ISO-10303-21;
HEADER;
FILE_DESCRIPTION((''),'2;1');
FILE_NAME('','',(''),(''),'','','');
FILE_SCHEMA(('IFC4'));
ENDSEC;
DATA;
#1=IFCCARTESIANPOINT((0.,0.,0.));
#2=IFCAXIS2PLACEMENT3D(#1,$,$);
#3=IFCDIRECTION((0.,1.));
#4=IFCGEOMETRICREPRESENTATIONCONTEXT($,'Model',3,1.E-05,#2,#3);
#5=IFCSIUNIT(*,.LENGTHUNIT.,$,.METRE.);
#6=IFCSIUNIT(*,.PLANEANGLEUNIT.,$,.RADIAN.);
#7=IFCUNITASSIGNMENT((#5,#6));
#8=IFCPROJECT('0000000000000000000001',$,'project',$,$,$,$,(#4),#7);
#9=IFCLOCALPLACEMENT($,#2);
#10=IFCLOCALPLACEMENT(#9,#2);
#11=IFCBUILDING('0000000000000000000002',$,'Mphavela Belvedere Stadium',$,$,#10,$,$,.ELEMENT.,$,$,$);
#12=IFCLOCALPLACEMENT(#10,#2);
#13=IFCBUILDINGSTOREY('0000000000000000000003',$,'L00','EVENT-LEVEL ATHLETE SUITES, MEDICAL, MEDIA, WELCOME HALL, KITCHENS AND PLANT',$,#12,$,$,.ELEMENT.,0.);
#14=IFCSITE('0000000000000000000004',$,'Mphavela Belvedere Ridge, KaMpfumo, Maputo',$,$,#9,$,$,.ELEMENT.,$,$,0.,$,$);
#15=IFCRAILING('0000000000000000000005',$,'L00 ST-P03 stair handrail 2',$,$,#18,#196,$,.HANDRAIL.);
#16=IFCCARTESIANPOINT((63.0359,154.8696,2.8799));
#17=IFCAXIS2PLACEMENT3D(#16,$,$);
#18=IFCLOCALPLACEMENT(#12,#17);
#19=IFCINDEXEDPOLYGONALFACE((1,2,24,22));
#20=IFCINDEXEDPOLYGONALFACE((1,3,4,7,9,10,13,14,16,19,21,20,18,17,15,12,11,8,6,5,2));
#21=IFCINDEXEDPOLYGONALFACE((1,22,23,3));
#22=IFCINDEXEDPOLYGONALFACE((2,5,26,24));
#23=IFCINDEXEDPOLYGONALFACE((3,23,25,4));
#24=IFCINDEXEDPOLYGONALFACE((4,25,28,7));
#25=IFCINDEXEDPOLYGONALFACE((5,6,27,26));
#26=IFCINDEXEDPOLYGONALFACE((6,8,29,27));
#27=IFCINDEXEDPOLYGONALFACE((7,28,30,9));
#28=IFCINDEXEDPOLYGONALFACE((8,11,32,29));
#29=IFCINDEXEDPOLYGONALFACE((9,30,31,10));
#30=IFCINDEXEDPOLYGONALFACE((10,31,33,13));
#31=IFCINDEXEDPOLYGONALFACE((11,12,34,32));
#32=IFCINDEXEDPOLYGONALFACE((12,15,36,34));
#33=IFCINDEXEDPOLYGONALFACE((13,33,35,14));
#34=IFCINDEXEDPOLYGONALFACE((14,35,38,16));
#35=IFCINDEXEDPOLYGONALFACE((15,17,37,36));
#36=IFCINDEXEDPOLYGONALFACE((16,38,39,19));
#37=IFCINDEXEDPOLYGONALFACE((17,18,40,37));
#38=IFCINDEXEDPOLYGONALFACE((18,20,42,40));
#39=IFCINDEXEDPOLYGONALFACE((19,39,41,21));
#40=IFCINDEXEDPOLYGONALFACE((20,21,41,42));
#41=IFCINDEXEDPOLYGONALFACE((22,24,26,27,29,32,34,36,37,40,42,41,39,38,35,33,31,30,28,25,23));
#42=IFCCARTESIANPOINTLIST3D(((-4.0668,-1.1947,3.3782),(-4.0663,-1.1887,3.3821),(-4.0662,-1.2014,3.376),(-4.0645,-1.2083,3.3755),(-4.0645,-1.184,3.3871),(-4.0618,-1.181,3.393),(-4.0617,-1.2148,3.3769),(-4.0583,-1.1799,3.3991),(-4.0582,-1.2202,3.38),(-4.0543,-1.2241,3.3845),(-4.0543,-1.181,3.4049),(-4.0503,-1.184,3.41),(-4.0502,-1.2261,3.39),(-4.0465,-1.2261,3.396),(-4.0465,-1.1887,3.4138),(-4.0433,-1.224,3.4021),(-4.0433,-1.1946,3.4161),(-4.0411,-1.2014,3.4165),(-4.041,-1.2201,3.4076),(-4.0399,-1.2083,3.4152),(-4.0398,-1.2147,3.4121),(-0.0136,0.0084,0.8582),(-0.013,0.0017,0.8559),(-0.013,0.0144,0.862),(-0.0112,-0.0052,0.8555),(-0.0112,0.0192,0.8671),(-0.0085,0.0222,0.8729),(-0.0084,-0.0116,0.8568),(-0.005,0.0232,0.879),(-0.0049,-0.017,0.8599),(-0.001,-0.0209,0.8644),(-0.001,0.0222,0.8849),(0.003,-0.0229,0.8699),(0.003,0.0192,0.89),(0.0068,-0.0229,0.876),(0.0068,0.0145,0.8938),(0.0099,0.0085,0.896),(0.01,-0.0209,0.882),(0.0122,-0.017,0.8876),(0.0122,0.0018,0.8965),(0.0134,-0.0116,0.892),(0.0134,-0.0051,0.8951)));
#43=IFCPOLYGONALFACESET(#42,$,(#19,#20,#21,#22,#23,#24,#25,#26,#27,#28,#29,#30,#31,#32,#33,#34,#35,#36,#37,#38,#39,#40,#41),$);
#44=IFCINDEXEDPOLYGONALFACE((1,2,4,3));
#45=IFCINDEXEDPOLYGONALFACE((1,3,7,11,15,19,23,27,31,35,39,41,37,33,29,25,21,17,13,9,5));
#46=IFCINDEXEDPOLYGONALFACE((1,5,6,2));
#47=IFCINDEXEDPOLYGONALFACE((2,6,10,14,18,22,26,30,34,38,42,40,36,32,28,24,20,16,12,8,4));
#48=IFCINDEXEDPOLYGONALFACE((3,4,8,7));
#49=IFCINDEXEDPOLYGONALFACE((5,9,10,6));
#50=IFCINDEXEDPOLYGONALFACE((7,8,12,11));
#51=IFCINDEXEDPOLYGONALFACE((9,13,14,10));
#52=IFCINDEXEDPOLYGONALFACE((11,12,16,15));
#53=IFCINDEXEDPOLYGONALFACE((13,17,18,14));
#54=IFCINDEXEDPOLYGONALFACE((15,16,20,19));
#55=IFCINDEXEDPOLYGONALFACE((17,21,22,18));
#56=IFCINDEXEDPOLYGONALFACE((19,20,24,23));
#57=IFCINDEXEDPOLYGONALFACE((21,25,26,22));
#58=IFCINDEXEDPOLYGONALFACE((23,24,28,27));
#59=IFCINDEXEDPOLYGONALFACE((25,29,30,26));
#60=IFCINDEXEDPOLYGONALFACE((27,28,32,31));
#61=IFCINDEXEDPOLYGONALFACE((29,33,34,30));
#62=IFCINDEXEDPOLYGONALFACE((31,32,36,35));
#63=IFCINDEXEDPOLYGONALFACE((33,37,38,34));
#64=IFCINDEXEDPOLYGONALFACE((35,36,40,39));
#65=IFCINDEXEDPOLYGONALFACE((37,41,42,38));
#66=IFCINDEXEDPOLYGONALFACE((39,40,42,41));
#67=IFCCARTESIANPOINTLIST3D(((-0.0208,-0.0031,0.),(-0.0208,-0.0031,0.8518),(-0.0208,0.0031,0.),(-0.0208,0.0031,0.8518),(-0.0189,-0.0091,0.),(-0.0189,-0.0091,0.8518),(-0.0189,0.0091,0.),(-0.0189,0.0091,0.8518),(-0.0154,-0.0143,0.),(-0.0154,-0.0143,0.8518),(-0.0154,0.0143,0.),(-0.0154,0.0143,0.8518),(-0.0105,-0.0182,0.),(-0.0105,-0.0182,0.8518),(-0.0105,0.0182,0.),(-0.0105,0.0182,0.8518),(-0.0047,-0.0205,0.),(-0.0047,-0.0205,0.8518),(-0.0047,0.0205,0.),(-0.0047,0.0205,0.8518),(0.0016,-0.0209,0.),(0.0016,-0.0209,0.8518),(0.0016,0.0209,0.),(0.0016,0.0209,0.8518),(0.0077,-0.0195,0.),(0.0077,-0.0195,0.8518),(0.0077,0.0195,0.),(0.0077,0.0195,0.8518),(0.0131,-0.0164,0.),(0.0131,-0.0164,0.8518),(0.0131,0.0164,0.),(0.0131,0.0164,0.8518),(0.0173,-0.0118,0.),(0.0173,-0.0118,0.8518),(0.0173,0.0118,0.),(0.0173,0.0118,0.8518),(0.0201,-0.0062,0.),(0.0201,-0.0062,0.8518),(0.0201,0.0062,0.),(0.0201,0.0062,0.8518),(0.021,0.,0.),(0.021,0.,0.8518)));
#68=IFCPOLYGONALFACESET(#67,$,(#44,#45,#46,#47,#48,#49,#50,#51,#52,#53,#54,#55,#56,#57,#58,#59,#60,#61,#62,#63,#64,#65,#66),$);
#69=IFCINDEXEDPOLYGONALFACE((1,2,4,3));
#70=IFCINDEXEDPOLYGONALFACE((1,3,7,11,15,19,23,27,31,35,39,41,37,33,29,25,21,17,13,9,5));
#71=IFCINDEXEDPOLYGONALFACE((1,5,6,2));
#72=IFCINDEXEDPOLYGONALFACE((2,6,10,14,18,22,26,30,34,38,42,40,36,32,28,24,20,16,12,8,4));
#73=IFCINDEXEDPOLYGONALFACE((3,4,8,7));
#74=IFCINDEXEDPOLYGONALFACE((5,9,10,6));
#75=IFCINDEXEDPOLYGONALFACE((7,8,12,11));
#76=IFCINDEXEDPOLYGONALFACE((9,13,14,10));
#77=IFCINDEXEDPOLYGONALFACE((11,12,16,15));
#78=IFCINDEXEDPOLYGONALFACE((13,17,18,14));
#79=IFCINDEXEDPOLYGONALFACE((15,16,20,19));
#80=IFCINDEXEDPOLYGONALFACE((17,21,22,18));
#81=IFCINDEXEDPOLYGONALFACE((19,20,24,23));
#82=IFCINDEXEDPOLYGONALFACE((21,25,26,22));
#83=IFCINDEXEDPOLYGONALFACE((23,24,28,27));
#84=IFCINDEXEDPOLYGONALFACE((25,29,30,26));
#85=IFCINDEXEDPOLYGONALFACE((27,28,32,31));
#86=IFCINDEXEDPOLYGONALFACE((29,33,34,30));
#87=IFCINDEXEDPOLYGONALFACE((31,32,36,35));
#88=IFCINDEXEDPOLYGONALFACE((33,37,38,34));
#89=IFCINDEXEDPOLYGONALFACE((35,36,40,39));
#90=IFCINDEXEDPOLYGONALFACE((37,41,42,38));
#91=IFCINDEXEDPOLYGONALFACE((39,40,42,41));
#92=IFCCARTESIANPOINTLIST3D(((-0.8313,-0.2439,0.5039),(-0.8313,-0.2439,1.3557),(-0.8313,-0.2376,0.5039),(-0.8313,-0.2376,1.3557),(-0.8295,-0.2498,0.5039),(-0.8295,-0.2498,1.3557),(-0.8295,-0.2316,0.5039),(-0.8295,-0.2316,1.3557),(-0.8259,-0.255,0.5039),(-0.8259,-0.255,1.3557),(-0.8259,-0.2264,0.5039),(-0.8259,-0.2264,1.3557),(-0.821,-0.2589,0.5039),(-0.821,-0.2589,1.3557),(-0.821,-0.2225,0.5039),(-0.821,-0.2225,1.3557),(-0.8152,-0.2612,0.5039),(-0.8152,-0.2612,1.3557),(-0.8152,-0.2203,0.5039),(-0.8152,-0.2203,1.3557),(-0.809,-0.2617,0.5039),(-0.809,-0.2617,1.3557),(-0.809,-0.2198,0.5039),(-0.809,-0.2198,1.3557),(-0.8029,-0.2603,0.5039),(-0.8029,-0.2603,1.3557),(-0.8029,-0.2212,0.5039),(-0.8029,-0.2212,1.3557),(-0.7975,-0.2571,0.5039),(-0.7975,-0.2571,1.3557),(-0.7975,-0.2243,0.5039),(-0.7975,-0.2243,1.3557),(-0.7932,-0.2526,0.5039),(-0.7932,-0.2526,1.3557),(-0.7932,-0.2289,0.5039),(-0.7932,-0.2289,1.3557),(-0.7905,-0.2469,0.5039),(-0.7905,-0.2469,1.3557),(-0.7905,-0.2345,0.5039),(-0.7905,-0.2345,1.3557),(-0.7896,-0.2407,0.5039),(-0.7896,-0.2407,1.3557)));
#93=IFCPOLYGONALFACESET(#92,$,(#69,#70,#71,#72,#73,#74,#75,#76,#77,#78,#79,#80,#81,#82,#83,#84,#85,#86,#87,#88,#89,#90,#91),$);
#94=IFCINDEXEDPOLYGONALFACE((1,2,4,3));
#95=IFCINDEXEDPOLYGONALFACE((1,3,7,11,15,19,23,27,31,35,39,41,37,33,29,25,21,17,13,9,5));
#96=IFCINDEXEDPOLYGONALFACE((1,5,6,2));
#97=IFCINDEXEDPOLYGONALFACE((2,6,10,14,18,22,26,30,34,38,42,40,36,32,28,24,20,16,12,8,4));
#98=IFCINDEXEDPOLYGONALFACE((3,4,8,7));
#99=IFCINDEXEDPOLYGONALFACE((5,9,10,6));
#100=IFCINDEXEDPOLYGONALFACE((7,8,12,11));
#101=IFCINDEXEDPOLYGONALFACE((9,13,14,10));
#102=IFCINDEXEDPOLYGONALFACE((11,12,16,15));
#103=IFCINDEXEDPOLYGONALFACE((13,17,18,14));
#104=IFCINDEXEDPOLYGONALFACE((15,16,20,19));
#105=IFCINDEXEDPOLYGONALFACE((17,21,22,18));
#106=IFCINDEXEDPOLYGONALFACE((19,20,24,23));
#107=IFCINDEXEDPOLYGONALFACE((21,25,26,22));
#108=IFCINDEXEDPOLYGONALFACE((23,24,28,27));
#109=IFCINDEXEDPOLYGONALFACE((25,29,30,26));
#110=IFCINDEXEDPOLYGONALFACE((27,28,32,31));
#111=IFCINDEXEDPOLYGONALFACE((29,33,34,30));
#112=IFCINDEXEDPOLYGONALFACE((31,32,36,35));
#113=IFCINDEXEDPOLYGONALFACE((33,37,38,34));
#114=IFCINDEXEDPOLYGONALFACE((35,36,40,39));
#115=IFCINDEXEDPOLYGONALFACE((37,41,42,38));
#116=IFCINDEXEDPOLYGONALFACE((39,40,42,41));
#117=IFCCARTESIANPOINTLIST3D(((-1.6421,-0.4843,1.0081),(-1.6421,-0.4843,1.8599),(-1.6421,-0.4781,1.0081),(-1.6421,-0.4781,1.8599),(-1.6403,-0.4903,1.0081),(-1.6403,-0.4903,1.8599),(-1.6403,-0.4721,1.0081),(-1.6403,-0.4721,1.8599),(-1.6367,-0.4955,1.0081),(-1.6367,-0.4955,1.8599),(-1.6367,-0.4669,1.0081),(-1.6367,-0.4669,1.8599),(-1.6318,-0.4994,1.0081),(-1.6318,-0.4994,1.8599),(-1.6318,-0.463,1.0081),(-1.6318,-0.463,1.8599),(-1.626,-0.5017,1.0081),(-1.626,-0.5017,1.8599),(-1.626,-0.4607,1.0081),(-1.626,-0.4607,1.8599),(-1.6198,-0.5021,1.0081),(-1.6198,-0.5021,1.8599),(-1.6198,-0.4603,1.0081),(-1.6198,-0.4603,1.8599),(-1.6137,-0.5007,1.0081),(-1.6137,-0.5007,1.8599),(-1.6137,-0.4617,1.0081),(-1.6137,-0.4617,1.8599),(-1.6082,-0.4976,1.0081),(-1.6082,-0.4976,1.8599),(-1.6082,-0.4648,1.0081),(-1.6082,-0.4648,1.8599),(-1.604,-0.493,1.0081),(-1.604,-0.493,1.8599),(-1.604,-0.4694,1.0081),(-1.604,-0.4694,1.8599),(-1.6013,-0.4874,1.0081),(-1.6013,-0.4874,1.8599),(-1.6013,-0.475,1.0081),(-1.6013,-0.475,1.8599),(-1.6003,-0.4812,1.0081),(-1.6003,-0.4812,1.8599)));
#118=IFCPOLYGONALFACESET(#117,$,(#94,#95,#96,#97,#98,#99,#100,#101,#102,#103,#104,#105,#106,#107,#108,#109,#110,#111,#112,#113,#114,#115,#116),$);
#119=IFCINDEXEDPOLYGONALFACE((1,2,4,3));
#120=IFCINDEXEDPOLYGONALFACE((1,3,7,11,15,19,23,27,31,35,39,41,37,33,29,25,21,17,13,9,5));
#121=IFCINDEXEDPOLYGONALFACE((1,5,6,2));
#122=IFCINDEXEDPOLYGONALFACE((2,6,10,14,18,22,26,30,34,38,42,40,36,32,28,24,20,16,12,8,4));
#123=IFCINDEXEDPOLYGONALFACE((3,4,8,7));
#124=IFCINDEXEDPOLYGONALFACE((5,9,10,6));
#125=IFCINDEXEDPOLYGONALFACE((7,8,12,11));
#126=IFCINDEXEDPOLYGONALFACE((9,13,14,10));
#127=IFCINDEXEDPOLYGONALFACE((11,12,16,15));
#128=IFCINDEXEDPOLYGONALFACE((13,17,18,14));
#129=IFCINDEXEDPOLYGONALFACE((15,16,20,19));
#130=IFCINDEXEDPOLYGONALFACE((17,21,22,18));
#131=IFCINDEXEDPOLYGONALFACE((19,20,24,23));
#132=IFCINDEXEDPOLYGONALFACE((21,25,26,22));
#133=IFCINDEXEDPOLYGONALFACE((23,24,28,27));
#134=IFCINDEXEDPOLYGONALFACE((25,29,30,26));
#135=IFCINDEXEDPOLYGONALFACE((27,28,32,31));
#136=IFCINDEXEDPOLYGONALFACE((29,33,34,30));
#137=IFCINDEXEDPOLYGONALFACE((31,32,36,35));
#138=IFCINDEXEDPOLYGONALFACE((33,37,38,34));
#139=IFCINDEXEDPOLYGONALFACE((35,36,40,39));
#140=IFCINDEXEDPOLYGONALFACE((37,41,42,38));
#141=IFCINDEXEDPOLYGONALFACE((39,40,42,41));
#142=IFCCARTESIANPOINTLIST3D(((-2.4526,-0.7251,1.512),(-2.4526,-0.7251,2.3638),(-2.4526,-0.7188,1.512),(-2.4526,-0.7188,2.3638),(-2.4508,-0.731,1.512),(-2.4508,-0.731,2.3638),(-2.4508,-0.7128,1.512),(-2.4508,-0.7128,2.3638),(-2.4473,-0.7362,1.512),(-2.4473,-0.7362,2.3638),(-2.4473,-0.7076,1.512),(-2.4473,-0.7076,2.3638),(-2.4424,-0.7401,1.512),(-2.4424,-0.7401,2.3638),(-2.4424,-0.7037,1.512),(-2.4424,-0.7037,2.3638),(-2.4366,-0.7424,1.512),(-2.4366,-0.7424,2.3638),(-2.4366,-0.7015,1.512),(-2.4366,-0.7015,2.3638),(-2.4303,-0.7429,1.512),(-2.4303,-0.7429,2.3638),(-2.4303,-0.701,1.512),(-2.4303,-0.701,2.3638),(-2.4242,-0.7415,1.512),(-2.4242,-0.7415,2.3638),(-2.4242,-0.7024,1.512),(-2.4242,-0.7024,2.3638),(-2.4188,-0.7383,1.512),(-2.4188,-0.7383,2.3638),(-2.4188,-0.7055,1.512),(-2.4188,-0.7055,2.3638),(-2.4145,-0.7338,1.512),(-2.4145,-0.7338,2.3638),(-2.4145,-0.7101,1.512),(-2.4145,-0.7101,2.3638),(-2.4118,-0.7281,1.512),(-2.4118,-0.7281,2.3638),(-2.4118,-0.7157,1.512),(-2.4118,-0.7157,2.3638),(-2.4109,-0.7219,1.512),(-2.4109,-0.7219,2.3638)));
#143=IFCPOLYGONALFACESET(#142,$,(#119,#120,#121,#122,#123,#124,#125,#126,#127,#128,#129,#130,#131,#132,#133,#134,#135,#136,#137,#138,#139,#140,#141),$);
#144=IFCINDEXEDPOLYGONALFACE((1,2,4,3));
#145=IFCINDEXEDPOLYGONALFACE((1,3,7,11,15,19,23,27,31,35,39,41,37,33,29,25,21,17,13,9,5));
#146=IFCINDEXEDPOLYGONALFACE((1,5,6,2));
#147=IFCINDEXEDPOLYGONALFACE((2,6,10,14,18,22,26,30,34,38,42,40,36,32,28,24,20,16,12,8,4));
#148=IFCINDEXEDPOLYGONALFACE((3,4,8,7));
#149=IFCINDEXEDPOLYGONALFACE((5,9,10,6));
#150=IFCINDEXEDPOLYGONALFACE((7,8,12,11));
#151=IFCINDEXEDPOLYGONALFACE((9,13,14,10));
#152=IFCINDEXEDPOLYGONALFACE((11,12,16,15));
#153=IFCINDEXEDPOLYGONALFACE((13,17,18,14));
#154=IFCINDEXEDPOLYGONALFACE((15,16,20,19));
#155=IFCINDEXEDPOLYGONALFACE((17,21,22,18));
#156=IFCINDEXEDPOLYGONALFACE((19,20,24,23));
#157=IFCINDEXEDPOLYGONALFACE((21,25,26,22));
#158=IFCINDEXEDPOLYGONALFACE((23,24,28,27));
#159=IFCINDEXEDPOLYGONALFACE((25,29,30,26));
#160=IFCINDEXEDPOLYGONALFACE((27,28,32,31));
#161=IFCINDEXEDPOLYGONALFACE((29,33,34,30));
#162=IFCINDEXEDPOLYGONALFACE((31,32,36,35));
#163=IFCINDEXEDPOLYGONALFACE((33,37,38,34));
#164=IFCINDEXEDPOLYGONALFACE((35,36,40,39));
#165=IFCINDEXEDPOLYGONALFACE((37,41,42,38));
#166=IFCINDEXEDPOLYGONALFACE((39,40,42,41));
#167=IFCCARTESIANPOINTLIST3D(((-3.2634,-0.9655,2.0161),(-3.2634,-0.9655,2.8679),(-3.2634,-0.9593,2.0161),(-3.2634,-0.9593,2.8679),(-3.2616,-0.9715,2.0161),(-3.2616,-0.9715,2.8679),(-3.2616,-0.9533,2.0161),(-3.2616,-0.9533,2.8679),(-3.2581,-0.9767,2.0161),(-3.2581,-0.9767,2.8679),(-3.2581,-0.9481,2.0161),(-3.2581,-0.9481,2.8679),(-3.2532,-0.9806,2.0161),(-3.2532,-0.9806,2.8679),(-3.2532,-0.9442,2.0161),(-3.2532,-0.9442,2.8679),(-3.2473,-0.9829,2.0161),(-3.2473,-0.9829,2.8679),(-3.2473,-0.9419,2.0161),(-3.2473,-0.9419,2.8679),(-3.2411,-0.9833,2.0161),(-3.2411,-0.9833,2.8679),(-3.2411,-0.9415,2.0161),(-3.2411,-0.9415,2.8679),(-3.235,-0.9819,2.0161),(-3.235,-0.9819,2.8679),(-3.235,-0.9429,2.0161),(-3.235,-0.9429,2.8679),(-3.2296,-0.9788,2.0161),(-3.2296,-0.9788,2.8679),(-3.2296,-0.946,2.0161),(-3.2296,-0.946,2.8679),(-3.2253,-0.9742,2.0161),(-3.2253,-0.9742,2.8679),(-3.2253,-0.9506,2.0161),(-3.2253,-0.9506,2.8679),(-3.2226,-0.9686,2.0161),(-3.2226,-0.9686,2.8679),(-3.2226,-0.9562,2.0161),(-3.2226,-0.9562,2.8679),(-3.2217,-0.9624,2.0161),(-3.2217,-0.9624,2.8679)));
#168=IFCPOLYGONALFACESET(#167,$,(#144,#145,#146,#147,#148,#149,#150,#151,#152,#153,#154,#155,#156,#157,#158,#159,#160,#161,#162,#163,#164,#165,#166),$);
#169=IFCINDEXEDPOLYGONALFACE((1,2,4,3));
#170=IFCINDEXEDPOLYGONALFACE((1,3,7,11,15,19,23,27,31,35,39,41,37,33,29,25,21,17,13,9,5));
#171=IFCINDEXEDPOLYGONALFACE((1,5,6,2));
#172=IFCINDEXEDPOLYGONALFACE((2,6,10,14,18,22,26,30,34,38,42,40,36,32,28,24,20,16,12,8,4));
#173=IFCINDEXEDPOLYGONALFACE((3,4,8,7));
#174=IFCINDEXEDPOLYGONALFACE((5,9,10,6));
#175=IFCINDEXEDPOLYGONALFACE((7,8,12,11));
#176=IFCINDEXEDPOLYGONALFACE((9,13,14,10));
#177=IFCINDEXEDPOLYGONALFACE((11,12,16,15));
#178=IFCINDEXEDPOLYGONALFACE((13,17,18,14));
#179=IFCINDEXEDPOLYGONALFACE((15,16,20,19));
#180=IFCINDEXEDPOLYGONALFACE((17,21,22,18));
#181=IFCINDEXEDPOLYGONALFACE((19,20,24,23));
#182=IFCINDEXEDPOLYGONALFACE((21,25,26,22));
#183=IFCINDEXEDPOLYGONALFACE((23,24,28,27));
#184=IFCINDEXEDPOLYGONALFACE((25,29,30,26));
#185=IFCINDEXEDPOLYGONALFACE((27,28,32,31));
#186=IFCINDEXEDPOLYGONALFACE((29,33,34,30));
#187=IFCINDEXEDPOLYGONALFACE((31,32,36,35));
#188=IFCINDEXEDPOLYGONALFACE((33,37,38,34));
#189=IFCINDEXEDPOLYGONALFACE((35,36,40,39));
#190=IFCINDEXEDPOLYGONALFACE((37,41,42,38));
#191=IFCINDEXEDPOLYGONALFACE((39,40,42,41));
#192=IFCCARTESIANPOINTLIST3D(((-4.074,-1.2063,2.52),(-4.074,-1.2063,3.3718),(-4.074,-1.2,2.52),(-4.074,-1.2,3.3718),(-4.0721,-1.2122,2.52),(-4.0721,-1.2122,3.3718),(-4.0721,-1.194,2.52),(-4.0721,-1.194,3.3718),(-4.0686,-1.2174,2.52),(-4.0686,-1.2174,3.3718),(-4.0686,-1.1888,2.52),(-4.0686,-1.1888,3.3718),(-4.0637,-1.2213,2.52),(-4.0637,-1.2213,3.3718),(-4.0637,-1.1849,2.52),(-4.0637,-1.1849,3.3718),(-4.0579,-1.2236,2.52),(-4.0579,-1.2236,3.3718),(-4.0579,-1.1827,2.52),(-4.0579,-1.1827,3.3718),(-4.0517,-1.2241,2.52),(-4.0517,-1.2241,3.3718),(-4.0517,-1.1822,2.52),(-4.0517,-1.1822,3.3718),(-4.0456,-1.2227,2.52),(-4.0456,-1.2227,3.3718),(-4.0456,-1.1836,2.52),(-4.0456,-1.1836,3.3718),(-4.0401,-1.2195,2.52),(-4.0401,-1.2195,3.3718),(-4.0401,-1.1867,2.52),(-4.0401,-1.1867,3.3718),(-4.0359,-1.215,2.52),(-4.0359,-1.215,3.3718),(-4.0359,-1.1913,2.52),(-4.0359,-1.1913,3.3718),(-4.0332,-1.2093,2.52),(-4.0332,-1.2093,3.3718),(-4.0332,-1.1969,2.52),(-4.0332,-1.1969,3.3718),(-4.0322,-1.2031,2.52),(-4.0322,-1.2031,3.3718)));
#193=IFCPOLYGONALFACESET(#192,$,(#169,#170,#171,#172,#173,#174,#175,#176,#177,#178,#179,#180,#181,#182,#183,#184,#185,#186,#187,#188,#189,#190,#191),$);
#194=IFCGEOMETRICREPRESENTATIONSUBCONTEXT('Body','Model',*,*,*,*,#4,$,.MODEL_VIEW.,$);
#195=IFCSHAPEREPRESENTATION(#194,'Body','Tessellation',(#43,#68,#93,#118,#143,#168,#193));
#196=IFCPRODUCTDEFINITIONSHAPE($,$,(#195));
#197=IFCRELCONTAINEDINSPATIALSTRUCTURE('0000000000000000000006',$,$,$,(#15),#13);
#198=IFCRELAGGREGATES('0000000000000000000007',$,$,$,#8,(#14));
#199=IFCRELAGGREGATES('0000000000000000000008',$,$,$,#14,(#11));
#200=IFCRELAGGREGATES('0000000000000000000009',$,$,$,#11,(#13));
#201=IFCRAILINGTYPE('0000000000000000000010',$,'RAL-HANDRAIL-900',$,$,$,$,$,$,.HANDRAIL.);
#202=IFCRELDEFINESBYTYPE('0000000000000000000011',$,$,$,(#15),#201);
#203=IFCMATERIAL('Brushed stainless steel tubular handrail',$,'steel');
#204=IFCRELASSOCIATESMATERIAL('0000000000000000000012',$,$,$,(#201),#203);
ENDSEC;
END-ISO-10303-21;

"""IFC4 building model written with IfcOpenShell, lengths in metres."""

from ifc_helpers import new_model, si_unit, direction, frame, origin, origin_2d, place, context, subcontext, project, spatial, circle, extrude, material, type_object, element, save


model = new_model("IFC4")

# Units and contexts
model_context = context("Model", 3, precision=1e-05, world=origin(), true_north=direction((0.0, 1.0)))
body_context = subcontext(model_context, "Body", "Model", "MODEL_VIEW")
ifc_project = project(units=[si_unit("LENGTHUNIT", "METRE"), si_unit("PLANEANGLEUNIT", "RADIAN")], contexts=[model_context])

# Site, building, storey
site_placement = place(None, origin())
site = spatial("IfcSite", under=ifc_project, at=site_placement, Name="Mphavela Belvedere Ridge, KaMpfumo, Maputo", CompositionType="ELEMENT", RefElevation=0.0)
building_placement = place(site_placement, origin())
building = spatial("IfcBuilding", under=site, at=building_placement, Name="Mphavela Belvedere Stadium", CompositionType="ELEMENT")
storey_placement = place(building_placement, origin())
storey = spatial("IfcBuildingStorey", under=building, at=storey_placement, Name="L00", Description="EVENT-LEVEL ATHLETE SUITES, MEDICAL, MEDIA, WELCOME HALL, KITCHENS AND PLANT", CompositionType="ELEMENT", Elevation=0.0)

# Railing
ifc_material_1 = material(Name="Brushed stainless steel tubular handrail", Category="steel")
railing_type_1 = type_object("IfcRailingType", Name="RAL-HANDRAIL-900", PredefinedType="HANDRAIL", material=ifc_material_1)
railing_1_placement = place(storey_placement, frame((63.0359, 154.8696, 2.8799)))
element("IfcRailing", 1, at=railing_1_placement, inside=storey, type_object=railing_type_1, Name="L00 ST-P03 stair handrail 2", PredefinedType="HANDRAIL", context=body_context, shape_type="SweptSolid", body=[
    extrude(circle(Radius=0.0239, at=origin_2d()), frame((0.0, 0.0, 0.876), z_axis=(-0.823482, -0.244436, 0.511985), x_axis=(0.28456, -0.958658, 0.0)), (0.0, 0.0, 1.0), 4.9221),
    extrude(circle(Radius=0.021, at=origin_2d()), origin(), (0.0, 0.0, 1.0), 0.8518),
    extrude(circle(Radius=0.021, at=origin_2d()), frame((-0.8105, -0.2407, 0.5039)), (0.0, 0.0, 1.0), 0.8518),
    extrude(circle(Radius=0.021, at=origin_2d()), frame((-1.6213, -0.4812, 1.0081)), (0.0, 0.0, 1.0), 0.8518),
    extrude(circle(Radius=0.021, at=origin_2d()), frame((-2.4319, -0.7219, 1.512)), (0.0, 0.0, 1.0), 0.8518),
    extrude(circle(Radius=0.021, at=origin_2d()), frame((-3.2427, -0.9624, 2.0161)), (0.0, 0.0, 1.0), 0.8518),
    extrude(circle(Radius=0.021, at=origin_2d()), frame((-4.0532, -1.2031, 2.52)), (0.0, 0.0, 1.0), 0.8518),
])

save(model, "model.ifc")
